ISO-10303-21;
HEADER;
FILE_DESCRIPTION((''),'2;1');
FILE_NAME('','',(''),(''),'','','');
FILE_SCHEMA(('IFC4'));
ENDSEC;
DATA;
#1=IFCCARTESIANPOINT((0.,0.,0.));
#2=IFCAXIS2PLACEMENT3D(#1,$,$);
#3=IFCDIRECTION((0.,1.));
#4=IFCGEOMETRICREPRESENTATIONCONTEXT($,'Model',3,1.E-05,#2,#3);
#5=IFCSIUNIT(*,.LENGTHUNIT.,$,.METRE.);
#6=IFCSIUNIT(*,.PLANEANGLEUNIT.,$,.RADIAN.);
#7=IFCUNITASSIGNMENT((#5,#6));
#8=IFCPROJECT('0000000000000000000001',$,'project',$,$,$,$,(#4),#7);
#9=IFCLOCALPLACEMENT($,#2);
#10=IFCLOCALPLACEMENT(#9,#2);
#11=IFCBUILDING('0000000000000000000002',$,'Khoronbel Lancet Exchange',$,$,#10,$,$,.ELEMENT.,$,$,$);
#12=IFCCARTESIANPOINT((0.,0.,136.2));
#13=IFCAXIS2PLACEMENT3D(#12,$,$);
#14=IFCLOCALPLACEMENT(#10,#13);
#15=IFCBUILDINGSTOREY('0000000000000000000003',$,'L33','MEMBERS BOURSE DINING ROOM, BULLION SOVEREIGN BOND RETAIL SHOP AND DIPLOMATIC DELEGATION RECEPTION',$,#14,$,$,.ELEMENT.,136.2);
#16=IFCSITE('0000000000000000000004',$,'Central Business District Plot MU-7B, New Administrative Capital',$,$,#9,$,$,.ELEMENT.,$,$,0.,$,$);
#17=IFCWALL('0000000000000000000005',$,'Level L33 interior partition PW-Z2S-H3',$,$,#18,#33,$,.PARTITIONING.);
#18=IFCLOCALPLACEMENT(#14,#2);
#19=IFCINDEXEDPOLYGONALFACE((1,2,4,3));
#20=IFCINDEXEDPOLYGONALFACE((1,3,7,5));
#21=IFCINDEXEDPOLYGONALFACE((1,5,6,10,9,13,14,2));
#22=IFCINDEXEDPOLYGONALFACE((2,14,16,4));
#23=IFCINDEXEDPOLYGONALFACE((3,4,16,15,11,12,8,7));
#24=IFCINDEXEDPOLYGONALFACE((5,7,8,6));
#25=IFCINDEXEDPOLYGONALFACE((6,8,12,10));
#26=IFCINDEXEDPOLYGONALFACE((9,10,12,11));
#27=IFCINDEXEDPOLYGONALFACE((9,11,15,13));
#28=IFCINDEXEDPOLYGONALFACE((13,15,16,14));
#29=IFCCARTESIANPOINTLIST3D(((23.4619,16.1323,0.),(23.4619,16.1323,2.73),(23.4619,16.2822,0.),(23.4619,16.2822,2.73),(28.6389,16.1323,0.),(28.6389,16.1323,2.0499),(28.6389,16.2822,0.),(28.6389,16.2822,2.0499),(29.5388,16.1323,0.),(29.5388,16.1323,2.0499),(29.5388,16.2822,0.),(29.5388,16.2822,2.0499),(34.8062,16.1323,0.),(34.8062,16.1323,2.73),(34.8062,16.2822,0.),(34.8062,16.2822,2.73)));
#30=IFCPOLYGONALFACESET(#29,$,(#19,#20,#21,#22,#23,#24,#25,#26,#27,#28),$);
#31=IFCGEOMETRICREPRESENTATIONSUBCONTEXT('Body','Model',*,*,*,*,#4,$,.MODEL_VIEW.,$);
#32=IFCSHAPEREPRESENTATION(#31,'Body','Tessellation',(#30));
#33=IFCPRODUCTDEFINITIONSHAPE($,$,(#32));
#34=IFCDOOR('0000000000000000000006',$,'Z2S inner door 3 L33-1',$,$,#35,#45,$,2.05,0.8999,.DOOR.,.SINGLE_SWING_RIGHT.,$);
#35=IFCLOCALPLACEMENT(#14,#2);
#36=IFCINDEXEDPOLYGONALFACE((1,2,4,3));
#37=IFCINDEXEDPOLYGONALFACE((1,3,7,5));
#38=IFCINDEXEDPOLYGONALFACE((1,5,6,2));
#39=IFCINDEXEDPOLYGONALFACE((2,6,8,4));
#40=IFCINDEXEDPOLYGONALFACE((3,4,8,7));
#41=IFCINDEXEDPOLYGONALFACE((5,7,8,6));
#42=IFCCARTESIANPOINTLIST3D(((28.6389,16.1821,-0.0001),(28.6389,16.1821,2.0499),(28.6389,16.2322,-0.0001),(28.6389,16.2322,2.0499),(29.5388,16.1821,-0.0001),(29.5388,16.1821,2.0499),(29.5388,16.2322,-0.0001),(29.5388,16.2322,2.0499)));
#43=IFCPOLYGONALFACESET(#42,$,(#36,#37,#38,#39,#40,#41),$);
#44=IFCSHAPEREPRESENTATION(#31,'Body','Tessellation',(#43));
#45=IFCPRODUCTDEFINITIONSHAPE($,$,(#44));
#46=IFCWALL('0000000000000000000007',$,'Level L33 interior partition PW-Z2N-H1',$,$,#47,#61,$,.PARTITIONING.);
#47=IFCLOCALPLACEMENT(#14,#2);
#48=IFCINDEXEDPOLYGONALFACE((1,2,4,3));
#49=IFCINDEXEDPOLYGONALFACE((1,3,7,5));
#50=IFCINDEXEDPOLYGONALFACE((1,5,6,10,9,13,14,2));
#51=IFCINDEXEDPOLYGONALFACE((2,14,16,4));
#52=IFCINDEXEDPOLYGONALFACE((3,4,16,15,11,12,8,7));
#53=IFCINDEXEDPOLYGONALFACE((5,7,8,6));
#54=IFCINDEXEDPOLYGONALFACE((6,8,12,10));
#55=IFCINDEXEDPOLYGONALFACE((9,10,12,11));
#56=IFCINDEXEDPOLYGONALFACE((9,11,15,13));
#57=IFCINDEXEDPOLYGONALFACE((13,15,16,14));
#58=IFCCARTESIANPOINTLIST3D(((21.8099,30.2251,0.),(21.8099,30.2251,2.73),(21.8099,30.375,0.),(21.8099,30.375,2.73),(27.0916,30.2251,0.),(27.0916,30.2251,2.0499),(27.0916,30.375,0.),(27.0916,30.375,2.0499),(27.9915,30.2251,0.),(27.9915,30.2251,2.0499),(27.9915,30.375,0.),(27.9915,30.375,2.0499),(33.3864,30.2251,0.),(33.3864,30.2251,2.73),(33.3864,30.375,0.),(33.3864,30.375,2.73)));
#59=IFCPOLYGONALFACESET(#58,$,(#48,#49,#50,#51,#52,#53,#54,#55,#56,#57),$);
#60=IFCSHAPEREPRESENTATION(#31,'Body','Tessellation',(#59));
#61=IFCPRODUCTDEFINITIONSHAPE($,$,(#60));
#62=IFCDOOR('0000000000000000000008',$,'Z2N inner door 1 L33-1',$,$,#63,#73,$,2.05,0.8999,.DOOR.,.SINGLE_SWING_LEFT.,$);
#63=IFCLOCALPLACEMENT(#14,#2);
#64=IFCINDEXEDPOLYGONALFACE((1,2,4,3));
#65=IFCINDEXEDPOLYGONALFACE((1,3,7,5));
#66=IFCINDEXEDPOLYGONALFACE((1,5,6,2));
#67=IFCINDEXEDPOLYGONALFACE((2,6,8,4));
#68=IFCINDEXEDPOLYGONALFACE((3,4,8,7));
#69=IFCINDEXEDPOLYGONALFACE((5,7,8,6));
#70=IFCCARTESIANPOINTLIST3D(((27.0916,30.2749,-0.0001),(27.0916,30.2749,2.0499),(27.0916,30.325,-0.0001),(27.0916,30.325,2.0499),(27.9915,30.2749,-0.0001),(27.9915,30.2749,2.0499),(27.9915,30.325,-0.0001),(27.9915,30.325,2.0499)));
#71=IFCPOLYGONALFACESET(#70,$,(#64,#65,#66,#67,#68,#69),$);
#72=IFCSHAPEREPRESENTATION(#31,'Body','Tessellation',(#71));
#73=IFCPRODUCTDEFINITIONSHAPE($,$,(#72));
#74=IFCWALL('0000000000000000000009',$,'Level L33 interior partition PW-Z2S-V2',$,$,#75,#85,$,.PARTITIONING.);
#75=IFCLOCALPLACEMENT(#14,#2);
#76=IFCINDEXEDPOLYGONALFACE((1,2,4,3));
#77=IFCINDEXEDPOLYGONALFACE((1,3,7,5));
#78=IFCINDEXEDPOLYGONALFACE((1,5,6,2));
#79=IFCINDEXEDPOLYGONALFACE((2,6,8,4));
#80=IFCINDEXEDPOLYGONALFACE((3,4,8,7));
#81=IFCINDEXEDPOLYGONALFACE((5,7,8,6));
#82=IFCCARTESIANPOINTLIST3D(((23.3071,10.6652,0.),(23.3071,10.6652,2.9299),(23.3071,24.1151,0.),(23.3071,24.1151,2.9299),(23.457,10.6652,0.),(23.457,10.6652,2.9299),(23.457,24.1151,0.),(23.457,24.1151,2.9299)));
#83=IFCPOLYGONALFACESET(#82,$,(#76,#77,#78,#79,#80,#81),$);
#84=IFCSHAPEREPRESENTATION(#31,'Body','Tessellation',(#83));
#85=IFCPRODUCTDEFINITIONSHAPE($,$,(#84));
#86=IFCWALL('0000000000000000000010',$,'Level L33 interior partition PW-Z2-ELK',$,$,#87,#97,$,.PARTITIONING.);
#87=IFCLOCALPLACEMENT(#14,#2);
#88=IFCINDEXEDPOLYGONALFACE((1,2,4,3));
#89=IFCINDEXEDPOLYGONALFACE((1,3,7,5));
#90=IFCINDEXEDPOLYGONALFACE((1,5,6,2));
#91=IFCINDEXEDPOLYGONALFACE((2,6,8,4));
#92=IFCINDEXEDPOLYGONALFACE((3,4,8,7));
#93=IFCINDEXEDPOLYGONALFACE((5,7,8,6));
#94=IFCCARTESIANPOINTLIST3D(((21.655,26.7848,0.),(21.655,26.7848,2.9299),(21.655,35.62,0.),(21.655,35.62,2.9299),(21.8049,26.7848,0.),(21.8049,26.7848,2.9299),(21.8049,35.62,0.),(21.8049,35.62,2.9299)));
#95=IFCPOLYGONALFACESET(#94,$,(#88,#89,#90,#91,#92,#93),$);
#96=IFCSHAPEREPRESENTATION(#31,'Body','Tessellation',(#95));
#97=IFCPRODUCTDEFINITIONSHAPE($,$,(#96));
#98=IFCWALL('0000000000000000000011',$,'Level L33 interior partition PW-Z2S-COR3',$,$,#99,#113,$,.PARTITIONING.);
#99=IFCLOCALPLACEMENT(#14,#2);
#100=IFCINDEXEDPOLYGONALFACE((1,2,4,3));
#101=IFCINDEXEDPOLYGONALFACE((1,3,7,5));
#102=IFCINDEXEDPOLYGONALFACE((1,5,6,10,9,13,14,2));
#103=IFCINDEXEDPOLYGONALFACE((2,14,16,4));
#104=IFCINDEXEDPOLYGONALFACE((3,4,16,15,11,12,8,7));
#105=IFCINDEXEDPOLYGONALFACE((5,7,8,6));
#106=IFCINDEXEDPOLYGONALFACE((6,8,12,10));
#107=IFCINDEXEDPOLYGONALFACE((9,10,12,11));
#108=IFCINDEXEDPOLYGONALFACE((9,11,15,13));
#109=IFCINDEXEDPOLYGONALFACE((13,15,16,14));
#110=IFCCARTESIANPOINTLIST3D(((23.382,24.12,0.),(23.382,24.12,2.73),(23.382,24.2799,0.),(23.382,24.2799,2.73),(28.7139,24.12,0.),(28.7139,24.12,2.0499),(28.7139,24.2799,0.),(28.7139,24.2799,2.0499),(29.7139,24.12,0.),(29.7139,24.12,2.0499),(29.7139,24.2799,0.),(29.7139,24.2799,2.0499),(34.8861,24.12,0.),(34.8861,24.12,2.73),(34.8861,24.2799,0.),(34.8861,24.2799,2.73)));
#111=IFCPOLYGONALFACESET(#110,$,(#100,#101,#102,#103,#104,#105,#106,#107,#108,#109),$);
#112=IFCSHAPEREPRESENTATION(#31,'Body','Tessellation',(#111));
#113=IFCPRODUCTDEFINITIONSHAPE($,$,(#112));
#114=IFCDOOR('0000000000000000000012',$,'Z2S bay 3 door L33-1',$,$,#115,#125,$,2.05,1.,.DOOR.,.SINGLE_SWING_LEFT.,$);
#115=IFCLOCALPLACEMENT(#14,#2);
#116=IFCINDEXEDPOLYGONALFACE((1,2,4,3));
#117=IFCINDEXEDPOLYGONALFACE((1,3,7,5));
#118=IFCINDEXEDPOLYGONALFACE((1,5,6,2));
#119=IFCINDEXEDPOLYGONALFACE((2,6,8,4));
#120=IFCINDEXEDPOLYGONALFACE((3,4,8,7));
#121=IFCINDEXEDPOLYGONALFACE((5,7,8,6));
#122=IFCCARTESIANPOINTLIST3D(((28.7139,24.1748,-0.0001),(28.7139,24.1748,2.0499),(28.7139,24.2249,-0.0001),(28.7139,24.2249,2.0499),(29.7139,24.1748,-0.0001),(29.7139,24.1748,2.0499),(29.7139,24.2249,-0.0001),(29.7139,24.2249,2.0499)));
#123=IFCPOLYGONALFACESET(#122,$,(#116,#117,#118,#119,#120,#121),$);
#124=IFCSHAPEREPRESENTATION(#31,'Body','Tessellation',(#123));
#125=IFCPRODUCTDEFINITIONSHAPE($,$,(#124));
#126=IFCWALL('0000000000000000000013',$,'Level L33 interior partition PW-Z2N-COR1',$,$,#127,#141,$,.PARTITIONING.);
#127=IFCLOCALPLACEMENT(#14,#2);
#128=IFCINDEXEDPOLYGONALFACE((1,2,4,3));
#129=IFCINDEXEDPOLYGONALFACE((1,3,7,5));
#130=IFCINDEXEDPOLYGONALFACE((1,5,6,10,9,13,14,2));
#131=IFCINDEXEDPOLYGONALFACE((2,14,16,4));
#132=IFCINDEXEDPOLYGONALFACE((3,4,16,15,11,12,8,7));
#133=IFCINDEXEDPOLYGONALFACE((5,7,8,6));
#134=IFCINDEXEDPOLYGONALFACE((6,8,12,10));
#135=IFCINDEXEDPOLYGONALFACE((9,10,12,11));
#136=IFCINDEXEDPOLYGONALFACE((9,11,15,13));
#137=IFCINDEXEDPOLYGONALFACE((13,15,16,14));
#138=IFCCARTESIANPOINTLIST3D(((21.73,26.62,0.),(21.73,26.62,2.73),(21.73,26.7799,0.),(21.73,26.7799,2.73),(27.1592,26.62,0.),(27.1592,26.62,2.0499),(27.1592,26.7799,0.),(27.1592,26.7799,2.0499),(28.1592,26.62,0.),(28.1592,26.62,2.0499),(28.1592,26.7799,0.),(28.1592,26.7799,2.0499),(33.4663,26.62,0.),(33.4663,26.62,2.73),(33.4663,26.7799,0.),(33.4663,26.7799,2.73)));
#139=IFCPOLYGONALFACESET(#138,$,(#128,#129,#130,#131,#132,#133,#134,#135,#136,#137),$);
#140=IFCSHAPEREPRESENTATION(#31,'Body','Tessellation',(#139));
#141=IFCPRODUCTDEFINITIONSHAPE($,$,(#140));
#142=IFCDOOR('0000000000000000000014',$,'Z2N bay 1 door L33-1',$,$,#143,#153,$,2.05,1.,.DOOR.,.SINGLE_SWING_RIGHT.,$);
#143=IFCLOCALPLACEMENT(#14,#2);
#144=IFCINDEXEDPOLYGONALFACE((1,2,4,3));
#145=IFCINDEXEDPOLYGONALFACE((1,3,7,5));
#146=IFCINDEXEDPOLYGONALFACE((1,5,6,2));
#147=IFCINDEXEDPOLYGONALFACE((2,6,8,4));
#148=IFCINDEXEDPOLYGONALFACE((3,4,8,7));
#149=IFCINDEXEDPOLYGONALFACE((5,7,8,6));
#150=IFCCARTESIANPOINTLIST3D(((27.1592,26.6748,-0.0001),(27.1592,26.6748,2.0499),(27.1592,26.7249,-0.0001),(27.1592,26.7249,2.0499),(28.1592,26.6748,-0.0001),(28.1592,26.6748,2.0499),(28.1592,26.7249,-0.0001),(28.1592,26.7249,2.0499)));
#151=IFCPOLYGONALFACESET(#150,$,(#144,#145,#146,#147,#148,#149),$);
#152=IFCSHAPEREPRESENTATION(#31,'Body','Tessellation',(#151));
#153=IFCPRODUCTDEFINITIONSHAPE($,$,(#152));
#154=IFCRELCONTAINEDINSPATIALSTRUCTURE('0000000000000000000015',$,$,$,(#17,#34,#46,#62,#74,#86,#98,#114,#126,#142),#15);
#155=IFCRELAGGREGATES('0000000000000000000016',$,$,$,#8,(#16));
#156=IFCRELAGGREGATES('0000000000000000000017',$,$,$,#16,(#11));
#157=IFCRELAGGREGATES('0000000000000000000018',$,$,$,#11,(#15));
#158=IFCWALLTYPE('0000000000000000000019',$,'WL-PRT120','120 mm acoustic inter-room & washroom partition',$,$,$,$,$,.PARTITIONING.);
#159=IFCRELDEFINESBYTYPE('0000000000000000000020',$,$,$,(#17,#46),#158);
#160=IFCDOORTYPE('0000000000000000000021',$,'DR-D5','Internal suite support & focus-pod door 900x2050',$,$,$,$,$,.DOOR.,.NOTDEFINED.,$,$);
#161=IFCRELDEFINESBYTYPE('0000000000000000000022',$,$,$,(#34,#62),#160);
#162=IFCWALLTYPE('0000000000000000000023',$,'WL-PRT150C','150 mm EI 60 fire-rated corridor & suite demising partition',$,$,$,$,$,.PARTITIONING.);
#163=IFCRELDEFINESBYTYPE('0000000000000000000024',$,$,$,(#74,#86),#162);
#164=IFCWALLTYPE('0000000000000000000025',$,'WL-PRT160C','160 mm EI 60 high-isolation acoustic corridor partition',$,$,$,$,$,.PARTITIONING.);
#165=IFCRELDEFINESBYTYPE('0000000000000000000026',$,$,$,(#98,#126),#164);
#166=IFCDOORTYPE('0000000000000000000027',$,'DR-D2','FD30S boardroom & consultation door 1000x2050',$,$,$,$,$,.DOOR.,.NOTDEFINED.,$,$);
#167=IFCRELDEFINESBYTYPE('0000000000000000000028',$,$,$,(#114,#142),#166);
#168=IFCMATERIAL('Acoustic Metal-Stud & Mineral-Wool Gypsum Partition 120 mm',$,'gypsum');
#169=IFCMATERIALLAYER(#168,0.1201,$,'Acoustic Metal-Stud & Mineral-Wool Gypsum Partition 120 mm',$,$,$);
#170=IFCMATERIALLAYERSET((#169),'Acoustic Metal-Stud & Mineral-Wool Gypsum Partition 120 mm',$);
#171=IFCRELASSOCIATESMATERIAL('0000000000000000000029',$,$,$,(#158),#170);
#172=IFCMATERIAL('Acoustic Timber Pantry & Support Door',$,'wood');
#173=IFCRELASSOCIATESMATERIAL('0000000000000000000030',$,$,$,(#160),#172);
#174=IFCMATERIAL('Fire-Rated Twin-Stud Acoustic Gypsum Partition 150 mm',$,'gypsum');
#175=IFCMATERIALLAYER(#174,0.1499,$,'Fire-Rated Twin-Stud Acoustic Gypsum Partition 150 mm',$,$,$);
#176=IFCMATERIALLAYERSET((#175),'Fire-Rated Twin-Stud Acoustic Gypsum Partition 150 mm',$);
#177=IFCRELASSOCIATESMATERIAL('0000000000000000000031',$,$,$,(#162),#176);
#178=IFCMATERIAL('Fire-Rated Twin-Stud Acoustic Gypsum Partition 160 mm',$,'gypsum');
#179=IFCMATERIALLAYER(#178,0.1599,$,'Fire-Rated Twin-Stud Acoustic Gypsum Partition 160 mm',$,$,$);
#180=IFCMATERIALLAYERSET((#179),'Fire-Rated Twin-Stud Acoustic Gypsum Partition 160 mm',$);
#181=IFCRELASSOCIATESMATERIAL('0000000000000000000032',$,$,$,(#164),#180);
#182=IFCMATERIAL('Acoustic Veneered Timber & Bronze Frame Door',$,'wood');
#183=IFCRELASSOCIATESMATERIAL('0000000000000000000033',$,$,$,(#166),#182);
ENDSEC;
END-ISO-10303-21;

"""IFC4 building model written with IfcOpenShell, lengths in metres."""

from ifc_helpers import new_model, si_unit, direction, frame, frame_2d, origin, place, context, subcontext, project, spatial, rectangle, extrude, material, layer, layer_set, type_object, element, fill, save


model = new_model("IFC4")

# Units and contexts
model_context = context("Model", 3, precision=1e-05, world=origin(), true_north=direction((0.0, 1.0)))
body_context = subcontext(model_context, "Body", "Model", "MODEL_VIEW")
ifc_project = project(units=[si_unit("LENGTHUNIT", "METRE"), si_unit("PLANEANGLEUNIT", "RADIAN")], contexts=[model_context])

# Site, building, storey
site_placement = place(None, origin())
site = spatial("IfcSite", under=ifc_project, at=site_placement, Name="Central Business District Plot MU-7B, New Administrative Capital", CompositionType="ELEMENT", RefElevation=0.0)
building_placement = place(site_placement, origin())
building = spatial("IfcBuilding", under=site, at=building_placement, Name="Khoronbel Lancet Exchange", CompositionType="ELEMENT")
storey_placement = place(building_placement, frame((0.0, 0.0, 136.2)))
storey = spatial("IfcBuildingStorey", under=building, at=storey_placement, Name="L33", Description="MEMBERS BOURSE DINING ROOM, BULLION SOVEREIGN BOND RETAIL SHOP AND DIPLOMATIC DELEGATION RECEPTION", CompositionType="ELEMENT", Elevation=136.2)

# Walls, openings, doors
ifc_material_1 = material(Name="Acoustic Metal-Stud & Mineral-Wool Gypsum Partition 120 mm", Category="gypsum")
ifc_layer_1 = layer(ifc_material_1, 0.1201, Name="Acoustic Metal-Stud & Mineral-Wool Gypsum Partition 120 mm")
ifc_layer_set_1 = layer_set([ifc_layer_1], Name="Acoustic Metal-Stud & Mineral-Wool Gypsum Partition 120 mm")
wall_type_1 = type_object("IfcWallType", Name="WL-PRT120", Description="120 mm acoustic inter-room & washroom partition", PredefinedType="PARTITIONING", material=ifc_layer_set_1)
wall_1_placement = place(storey_placement, frame((23.4619, 16.2073, 0.0), z_axis=(0.0, 0.0, 1.0), x_axis=(1.0, 0.0, 0.0)))
wall_1 = element("IfcWall", 1, at=wall_1_placement, inside=storey, type_object=wall_type_1, Name="Level L33 interior partition PW-Z2S-H3", PredefinedType="PARTITIONING", context=body_context, shape_type="SweptSolid", body=[
    extrude(rectangle(XDim=11.3442, YDim=0.1499, at=frame_2d((5.6721, 0.0))), origin(), (0.0, 0.0, 1.0), 2.73),
])
opening_1_placement = place(wall_1_placement, frame((5.177, 0.0, 0.0)))
opening_1 = element("IfcOpeningElement", 2, at=opening_1_placement, cuts=wall_1, PredefinedType="OPENING", context=body_context, shape_type="SweptSolid", body=[
    extrude(rectangle(XDim=0.8999, YDim=2.05, at=frame_2d((0.45, 1.0249))), frame((0.0, 0.085, 0.0), z_axis=(0.0, -1.0, 0.0), x_axis=(1.0, 0.0, 0.0)), (0.0, 0.0, 1.0), 0.1699),
])
ifc_material_2 = material(Name="Acoustic Timber Pantry & Support Door", Category="wood")
door_type_1 = type_object("IfcDoorType", Name="DR-D5", Description="Internal suite support & focus-pod door 900x2050", OperationType="NOTDEFINED", PredefinedType="DOOR", material=ifc_material_2)
door_1_placement = place(opening_1_placement, origin())
door_1 = element("IfcDoor", 3, at=door_1_placement, inside=storey, type_object=door_type_1, Name="Z2S inner door 3 L33-1", OperationType="SINGLE_SWING_RIGHT", OverallHeight=2.05, OverallWidth=0.8999, PredefinedType="DOOR", context=body_context, shape_type="SweptSolid", body=[
    extrude(rectangle(XDim=0.8999, YDim=2.05, at=frame_2d((0.45, 1.0249))), frame((0.0, 0.0249, 0.0), z_axis=(0.0, -1.0, 0.0), x_axis=(1.0, 0.0, 0.0)), (0.0, 0.0, 1.0), 0.05),
])
fill(opening_1, door_1)
wall_2_placement = place(storey_placement, frame((21.8101, 30.3, 0.0), z_axis=(0.0, 0.0, 1.0), x_axis=(1.0, 0.0, 0.0)))
wall_2 = element("IfcWall", 4, at=wall_2_placement, inside=storey, type_object=wall_type_1, Name="Level L33 interior partition PW-Z2N-H1", PredefinedType="PARTITIONING", context=body_context, shape_type="SweptSolid", body=[
    extrude(rectangle(XDim=11.5764, YDim=0.1499, at=frame_2d((5.7881, 0.0))), origin(), (0.0, 0.0, 1.0), 2.73),
])
opening_2_placement = place(wall_2_placement, frame((5.2815, 0.0, 0.0)))
opening_2 = element("IfcOpeningElement", 5, at=opening_2_placement, cuts=wall_2, PredefinedType="OPENING", context=body_context, shape_type="SweptSolid", body=[
    extrude(rectangle(XDim=0.8999, YDim=2.05, at=frame_2d((0.45, 1.0249))), frame((0.0, 0.085, 0.0), z_axis=(0.0, -1.0, 0.0), x_axis=(1.0, 0.0, 0.0)), (0.0, 0.0, 1.0), 0.1699),
])
door_2_placement = place(opening_2_placement, origin())
door_2 = element("IfcDoor", 6, at=door_2_placement, inside=storey, type_object=door_type_1, Name="Z2N inner door 1 L33-1", OperationType="SINGLE_SWING_LEFT", OverallHeight=2.05, OverallWidth=0.8999, PredefinedType="DOOR", context=body_context, shape_type="SweptSolid", body=[
    extrude(rectangle(XDim=0.8999, YDim=2.05, at=frame_2d((0.45, 1.0249))), frame((0.0, 0.0249, 0.0), z_axis=(0.0, -1.0, 0.0), x_axis=(1.0, 0.0, 0.0)), (0.0, 0.0, 1.0), 0.05),
])
fill(opening_2, door_2)

# Walls
ifc_material_3 = material(Name="Fire-Rated Twin-Stud Acoustic Gypsum Partition 150 mm", Category="gypsum")
ifc_layer_2 = layer(ifc_material_3, 0.1499, Name="Fire-Rated Twin-Stud Acoustic Gypsum Partition 150 mm")
ifc_layer_set_2 = layer_set([ifc_layer_2], Name="Fire-Rated Twin-Stud Acoustic Gypsum Partition 150 mm")
wall_type_2 = type_object("IfcWallType", Name="WL-PRT150C", Description="150 mm EI 60 fire-rated corridor & suite demising partition", PredefinedType="PARTITIONING", material=ifc_layer_set_2)
wall_3_placement = place(storey_placement, frame((23.3821, 10.665, 0.0), z_axis=(0.0, 0.0, 1.0), x_axis=(0.0, 1.0, 0.0)))
element("IfcWall", 7, at=wall_3_placement, inside=storey, type_object=wall_type_2, Name="Level L33 interior partition PW-Z2S-V2", PredefinedType="PARTITIONING", context=body_context, shape_type="SweptSolid", body=[
    extrude(rectangle(XDim=13.45, YDim=0.1499, at=frame_2d((6.7251, 0.0))), origin(), (0.0, 0.0, 1.0), 2.9299),
])
wall_4_placement = place(storey_placement, frame((21.73, 26.7849, 0.0), z_axis=(0.0, 0.0, 1.0), x_axis=(0.0, 1.0, 0.0)))
element("IfcWall", 8, at=wall_4_placement, inside=storey, type_object=wall_type_2, Name="Level L33 interior partition PW-Z2-ELK", PredefinedType="PARTITIONING", context=body_context, shape_type="SweptSolid", body=[
    extrude(rectangle(XDim=8.8352, YDim=0.1499, at=frame_2d((4.4175, 0.0))), origin(), (0.0, 0.0, 1.0), 2.9299),
])

# Walls, openings, doors
ifc_material_4 = material(Name="Fire-Rated Twin-Stud Acoustic Gypsum Partition 160 mm", Category="gypsum")
ifc_layer_3 = layer(ifc_material_4, 0.1599, Name="Fire-Rated Twin-Stud Acoustic Gypsum Partition 160 mm")
ifc_layer_set_3 = layer_set([ifc_layer_3], Name="Fire-Rated Twin-Stud Acoustic Gypsum Partition 160 mm")
wall_type_3 = type_object("IfcWallType", Name="WL-PRT160C", Description="160 mm EI 60 high-isolation acoustic corridor partition", PredefinedType="PARTITIONING", material=ifc_layer_set_3)
wall_5_placement = place(storey_placement, frame((23.3821, 24.2, 0.0), z_axis=(0.0, 0.0, 1.0), x_axis=(1.0, 0.0, 0.0)))
wall_5 = element("IfcWall", 9, at=wall_5_placement, inside=storey, type_object=wall_type_3, Name="Level L33 interior partition PW-Z2S-COR3", PredefinedType="PARTITIONING", context=body_context, shape_type="SweptSolid", body=[
    extrude(rectangle(XDim=11.5042, YDim=0.1599, at=frame_2d((5.752, 0.0))), origin(), (0.0, 0.0, 1.0), 2.73),
])
opening_3_placement = place(wall_5_placement, frame((5.3318, 0.0, 0.0)))
opening_3 = element("IfcOpeningElement", 10, at=opening_3_placement, cuts=wall_5, PredefinedType="OPENING", context=body_context, shape_type="SweptSolid", body=[
    extrude(rectangle(XDim=1.0, YDim=2.05, at=frame_2d((0.5, 1.0249))), frame((0.0, 0.0898, 0.0), z_axis=(0.0, -1.0, 0.0), x_axis=(1.0, 0.0, 0.0)), (0.0, 0.0, 1.0), 0.1799),
])
ifc_material_5 = material(Name="Acoustic Veneered Timber & Bronze Frame Door", Category="wood")
door_type_2 = type_object("IfcDoorType", Name="DR-D2", Description="FD30S boardroom & consultation door 1000x2050", OperationType="NOTDEFINED", PredefinedType="DOOR", material=ifc_material_5)
door_3_placement = place(opening_3_placement, origin())
door_3 = element("IfcDoor", 11, at=door_3_placement, inside=storey, type_object=door_type_2, Name="Z2S bay 3 door L33-1", OperationType="SINGLE_SWING_LEFT", OverallHeight=2.05, OverallWidth=1.0, PredefinedType="DOOR", context=body_context, shape_type="SweptSolid", body=[
    extrude(rectangle(XDim=1.0, YDim=2.05, at=frame_2d((0.5, 1.0249))), frame((0.0, 0.0249, 0.0), z_axis=(0.0, -1.0, 0.0), x_axis=(1.0, 0.0, 0.0)), (0.0, 0.0, 1.0), 0.05),
])
fill(opening_3, door_3)
wall_6_placement = place(storey_placement, frame((21.73, 26.7, 0.0), z_axis=(0.0, 0.0, 1.0), x_axis=(1.0, 0.0, 0.0)))
wall_6 = element("IfcWall", 12, at=wall_6_placement, inside=storey, type_object=wall_type_3, Name="Level L33 interior partition PW-Z2N-COR1", PredefinedType="PARTITIONING", context=body_context, shape_type="SweptSolid", body=[
    extrude(rectangle(XDim=11.7363, YDim=0.1599, at=frame_2d((5.8682, 0.0))), origin(), (0.0, 0.0, 1.0), 2.73),
])
opening_4_placement = place(wall_6_placement, frame((5.4292, 0.0, 0.0)))
opening_4 = element("IfcOpeningElement", 13, at=opening_4_placement, cuts=wall_6, PredefinedType="OPENING", context=body_context, shape_type="SweptSolid", body=[
    extrude(rectangle(XDim=1.0, YDim=2.05, at=frame_2d((0.5, 1.0249))), frame((0.0, 0.0898, 0.0), z_axis=(0.0, -1.0, 0.0), x_axis=(1.0, 0.0, 0.0)), (0.0, 0.0, 1.0), 0.1799),
])
door_4_placement = place(opening_4_placement, origin())
door_4 = element("IfcDoor", 14, at=door_4_placement, inside=storey, type_object=door_type_2, Name="Z2N bay 1 door L33-1", OperationType="SINGLE_SWING_RIGHT", OverallHeight=2.05, OverallWidth=1.0, PredefinedType="DOOR", context=body_context, shape_type="SweptSolid", body=[
    extrude(rectangle(XDim=1.0, YDim=2.05, at=frame_2d((0.5, 1.0249))), frame((0.0, 0.0249, 0.0), z_axis=(0.0, -1.0, 0.0), x_axis=(1.0, 0.0, 0.0)), (0.0, 0.0, 1.0), 0.05),
])
fill(opening_4, door_4)

save(model, "model.ifc")
